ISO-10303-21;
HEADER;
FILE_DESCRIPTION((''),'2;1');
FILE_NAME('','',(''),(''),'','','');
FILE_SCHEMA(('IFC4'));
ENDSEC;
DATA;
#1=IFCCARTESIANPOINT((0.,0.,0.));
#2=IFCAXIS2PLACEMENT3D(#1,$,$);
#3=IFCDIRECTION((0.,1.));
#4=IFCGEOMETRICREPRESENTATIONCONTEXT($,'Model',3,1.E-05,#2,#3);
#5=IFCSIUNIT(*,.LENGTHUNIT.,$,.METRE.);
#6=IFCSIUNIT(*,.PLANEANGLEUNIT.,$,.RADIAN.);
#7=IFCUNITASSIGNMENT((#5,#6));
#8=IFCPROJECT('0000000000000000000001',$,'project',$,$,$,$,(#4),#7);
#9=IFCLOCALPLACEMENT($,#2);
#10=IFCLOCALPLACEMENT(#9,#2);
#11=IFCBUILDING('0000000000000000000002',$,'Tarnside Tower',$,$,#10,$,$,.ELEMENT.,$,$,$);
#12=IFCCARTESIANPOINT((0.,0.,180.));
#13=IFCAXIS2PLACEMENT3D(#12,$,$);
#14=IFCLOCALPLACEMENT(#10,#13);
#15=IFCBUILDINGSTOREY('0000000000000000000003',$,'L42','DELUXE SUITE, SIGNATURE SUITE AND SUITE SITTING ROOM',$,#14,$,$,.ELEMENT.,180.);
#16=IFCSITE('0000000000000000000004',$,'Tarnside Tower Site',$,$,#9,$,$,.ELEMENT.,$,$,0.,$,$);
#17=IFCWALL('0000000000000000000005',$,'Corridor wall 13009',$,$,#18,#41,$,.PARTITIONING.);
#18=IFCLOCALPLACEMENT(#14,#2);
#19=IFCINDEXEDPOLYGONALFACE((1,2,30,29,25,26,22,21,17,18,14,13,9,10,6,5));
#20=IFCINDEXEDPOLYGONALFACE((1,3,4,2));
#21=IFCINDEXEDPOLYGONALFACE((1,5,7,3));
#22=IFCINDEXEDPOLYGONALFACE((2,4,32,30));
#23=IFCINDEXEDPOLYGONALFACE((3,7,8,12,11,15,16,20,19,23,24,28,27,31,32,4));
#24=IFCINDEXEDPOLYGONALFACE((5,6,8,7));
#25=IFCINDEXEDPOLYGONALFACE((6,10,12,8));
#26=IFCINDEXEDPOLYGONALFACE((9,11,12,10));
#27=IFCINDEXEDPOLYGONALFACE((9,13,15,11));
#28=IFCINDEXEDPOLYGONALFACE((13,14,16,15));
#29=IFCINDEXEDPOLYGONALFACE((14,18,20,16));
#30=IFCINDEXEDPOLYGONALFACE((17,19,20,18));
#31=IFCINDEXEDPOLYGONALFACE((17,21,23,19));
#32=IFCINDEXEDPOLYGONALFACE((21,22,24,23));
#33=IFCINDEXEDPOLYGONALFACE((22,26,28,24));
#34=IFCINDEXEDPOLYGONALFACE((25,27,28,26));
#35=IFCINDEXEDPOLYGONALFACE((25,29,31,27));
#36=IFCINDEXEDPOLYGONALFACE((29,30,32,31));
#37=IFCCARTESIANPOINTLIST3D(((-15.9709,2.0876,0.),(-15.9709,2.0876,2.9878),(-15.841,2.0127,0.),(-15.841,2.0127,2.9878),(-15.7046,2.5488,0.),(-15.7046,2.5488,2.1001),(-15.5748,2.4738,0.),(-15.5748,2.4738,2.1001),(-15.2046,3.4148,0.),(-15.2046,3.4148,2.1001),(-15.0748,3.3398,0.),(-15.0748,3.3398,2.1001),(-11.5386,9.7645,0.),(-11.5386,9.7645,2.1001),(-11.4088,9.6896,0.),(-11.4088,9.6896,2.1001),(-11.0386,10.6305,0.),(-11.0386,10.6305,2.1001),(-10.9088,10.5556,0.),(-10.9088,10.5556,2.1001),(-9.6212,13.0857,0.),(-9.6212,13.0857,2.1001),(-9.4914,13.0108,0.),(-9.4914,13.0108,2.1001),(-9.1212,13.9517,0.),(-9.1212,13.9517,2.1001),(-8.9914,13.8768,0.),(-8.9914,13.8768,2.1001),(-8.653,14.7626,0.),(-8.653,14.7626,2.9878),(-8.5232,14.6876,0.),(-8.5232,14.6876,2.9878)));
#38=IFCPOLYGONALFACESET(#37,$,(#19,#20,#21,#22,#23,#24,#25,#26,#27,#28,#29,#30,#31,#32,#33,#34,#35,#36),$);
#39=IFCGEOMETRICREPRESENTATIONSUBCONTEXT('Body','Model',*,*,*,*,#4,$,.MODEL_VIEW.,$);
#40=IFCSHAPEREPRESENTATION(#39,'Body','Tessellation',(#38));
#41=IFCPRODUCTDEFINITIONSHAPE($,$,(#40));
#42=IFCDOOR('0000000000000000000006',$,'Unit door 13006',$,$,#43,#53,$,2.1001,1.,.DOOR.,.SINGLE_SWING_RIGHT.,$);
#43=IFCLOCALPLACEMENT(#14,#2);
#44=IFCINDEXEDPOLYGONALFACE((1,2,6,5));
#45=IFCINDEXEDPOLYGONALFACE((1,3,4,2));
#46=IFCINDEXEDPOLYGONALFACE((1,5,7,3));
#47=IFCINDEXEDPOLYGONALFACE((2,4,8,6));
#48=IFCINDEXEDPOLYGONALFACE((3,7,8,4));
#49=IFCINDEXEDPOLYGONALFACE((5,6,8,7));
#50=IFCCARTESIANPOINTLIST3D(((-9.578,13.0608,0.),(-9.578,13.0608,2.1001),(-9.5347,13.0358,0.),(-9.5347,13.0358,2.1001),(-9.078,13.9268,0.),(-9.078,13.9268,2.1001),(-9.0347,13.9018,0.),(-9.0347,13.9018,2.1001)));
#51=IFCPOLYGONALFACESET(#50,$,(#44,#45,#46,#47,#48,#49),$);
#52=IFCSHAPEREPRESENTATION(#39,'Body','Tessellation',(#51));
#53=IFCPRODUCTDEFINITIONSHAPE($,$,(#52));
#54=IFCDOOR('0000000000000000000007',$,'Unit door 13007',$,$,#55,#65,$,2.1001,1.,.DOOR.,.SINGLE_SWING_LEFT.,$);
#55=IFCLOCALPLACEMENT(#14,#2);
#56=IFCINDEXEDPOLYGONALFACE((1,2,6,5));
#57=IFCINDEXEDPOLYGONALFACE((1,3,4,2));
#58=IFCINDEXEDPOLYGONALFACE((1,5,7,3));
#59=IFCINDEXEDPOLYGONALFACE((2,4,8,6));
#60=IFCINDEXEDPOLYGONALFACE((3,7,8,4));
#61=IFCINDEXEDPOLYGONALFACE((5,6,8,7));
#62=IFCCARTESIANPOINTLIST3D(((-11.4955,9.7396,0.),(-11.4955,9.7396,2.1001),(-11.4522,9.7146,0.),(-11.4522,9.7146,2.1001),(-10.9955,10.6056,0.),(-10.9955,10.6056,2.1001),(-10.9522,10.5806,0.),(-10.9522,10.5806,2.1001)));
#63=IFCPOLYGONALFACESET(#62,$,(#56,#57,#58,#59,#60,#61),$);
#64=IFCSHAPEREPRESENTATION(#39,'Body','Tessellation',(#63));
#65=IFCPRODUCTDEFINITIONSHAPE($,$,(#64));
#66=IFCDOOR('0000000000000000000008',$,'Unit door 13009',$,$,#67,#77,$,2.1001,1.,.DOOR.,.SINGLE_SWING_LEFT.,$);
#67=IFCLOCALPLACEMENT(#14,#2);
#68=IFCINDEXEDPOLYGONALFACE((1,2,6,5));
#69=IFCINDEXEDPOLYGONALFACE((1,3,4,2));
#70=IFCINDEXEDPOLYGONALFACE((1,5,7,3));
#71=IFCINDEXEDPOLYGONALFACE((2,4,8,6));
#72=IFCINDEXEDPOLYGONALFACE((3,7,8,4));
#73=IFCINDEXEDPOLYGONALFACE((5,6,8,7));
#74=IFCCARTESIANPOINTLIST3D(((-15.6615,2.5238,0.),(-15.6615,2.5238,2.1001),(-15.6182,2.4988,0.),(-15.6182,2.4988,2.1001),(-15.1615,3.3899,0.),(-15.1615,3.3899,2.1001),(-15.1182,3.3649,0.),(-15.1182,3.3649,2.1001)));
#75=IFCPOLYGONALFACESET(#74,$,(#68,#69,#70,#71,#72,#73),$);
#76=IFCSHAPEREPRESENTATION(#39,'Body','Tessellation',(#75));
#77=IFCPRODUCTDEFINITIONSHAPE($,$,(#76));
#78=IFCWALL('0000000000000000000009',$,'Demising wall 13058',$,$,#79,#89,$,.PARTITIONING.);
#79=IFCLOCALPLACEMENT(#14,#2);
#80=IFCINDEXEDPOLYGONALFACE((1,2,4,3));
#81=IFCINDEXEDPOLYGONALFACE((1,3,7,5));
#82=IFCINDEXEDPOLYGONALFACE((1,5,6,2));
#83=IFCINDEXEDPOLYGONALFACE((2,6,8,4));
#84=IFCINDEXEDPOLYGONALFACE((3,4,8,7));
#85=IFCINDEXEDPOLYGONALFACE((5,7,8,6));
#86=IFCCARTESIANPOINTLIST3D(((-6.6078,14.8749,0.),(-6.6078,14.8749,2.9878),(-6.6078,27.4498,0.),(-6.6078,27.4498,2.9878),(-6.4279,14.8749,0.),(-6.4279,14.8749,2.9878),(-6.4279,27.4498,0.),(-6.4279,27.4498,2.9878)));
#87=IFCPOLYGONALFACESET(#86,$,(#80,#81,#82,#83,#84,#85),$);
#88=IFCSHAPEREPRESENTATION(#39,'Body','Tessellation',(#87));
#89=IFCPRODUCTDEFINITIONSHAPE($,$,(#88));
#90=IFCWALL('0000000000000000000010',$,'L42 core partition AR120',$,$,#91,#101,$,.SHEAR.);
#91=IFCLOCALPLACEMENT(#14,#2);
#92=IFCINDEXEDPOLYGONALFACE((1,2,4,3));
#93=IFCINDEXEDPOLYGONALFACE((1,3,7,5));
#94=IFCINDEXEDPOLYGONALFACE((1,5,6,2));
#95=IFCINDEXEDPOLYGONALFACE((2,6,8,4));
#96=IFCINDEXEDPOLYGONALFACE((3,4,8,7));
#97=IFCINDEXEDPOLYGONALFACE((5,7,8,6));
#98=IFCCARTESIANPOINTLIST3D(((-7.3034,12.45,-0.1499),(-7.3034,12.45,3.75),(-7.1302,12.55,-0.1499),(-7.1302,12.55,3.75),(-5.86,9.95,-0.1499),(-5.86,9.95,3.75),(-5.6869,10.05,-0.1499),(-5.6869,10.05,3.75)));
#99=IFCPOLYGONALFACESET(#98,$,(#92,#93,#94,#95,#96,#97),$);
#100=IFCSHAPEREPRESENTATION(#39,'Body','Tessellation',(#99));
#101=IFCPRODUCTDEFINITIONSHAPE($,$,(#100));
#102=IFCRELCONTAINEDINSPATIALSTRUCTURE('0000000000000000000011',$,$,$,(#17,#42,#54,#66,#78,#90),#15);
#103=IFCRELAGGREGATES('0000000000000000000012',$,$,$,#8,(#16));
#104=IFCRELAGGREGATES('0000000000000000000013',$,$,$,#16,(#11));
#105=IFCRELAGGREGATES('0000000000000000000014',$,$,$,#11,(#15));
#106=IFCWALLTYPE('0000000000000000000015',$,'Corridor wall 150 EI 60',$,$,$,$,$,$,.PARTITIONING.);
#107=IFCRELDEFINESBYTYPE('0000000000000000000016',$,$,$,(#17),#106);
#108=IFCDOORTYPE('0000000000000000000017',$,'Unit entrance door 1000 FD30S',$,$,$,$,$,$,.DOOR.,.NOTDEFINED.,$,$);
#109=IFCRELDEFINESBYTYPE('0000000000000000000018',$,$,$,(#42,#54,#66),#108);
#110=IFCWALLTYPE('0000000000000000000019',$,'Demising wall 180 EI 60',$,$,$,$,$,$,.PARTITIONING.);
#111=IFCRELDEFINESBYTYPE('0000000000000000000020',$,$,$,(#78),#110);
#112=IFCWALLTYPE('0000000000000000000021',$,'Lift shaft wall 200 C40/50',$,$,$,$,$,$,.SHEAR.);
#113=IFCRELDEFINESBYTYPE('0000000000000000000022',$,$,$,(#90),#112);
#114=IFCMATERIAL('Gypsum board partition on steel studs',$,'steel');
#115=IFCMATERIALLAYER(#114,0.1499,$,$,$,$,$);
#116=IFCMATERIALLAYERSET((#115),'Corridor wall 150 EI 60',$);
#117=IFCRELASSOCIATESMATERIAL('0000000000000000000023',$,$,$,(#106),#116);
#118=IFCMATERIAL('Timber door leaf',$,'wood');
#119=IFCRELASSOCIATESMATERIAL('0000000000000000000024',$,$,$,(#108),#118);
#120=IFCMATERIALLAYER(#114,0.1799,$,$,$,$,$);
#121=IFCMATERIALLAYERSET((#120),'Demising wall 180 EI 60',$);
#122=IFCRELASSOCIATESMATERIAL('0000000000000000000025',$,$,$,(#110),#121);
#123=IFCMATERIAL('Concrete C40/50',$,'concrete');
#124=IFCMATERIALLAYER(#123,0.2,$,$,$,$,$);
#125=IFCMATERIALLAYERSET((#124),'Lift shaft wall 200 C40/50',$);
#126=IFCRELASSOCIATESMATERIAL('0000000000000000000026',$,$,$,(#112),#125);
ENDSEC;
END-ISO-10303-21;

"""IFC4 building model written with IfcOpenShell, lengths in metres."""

from ifc_helpers import new_model, si_unit, direction, frame, frame_2d, origin, place, context, subcontext, project, spatial, rectangle, extrude, material, layer, layer_set, type_object, element, fill, save


model = new_model("IFC4")

# Units and contexts
model_context = context("Model", 3, precision=1e-05, world=origin(), true_north=direction((0.0, 1.0)))
body_context = subcontext(model_context, "Body", "Model", "MODEL_VIEW")
ifc_project = project(units=[si_unit("LENGTHUNIT", "METRE"), si_unit("PLANEANGLEUNIT", "RADIAN")], contexts=[model_context])

# Site, building, storey
site_placement = place(None, origin())
site = spatial("IfcSite", under=ifc_project, at=site_placement, Name="Tarnside Tower Site", CompositionType="ELEMENT", RefElevation=0.0)
building_placement = place(site_placement, origin())
building = spatial("IfcBuilding", under=site, at=building_placement, Name="Tarnside Tower", CompositionType="ELEMENT")
storey_placement = place(building_placement, frame((0.0, 0.0, 180.0)))
storey = spatial("IfcBuildingStorey", under=building, at=storey_placement, Name="L42", Description="DELUXE SUITE, SIGNATURE SUITE AND SUITE SITTING ROOM", CompositionType="ELEMENT", Elevation=180.0)

# Shared definitions
ifc_material_1 = material(Name="Gypsum board partition on steel studs", Category="steel")

# Shared definitions
ifc_material_2 = material(Name="Timber door leaf", Category="wood")

# Wall, openings, doors
ifc_layer_1 = layer(ifc_material_1, 0.1499)
ifc_layer_set_1 = layer_set([ifc_layer_1], Name="Corridor wall 150 EI 60")
wall_type_1 = type_object("IfcWallType", Name="Corridor wall 150 EI 60", PredefinedType="PARTITIONING", material=ifc_layer_set_1)
wall_1_placement = place(storey_placement, frame((-8.5881, 14.7251, 0.0), z_axis=(0.0, 0.0, 1.0), x_axis=(-0.499996, -0.866028, 0.0)))
wall_1 = element("IfcWall", 1, at=wall_1_placement, inside=storey, type_object=wall_type_1, Name="Corridor wall 13009", PredefinedType="PARTITIONING", context=body_context, shape_type="SweptSolid", body=[
    extrude(rectangle(XDim=14.6357, YDim=0.1499, at=frame_2d((7.3179, 0.0))), origin(), (0.0, 0.0, 1.0), 2.9878),
])
opening_1_placement = place(wall_1_placement, frame((0.9363, 0.0, 0.0)))
opening_1 = element("IfcOpeningElement", 2, at=opening_1_placement, cuts=wall_1, PredefinedType="OPENING", context=body_context, shape_type="SweptSolid", body=[
    extrude(rectangle(XDim=1.0, YDim=2.1001, at=frame_2d((0.5, 1.05))), frame((0.0, 0.085, 0.0), z_axis=(0.0, -1.0, 0.0), x_axis=(1.0, 0.0, 0.0)), (0.0, 0.0, 1.0), 0.1699),
])
opening_2_placement = place(wall_1_placement, frame((4.7712, 0.0, 0.0)))
opening_2 = element("IfcOpeningElement", 3, at=opening_2_placement, cuts=wall_1, PredefinedType="OPENING", context=body_context, shape_type="SweptSolid", body=[
    extrude(rectangle(XDim=1.0, YDim=2.1001, at=frame_2d((0.5, 1.05))), frame((0.0, 0.085, 0.0), z_axis=(0.0, -1.0, 0.0), x_axis=(1.0, 0.0, 0.0)), (0.0, 0.0, 1.0), 0.1699),
])
opening_3_placement = place(wall_1_placement, frame((13.1033, 0.0, 0.0)))
opening_3 = element("IfcOpeningElement", 4, at=opening_3_placement, cuts=wall_1, PredefinedType="OPENING", context=body_context, shape_type="SweptSolid", body=[
    extrude(rectangle(XDim=1.0, YDim=2.1001, at=frame_2d((0.5, 1.05))), frame((0.0, 0.085, 0.0), z_axis=(0.0, -1.0, 0.0), x_axis=(1.0, 0.0, 0.0)), (0.0, 0.0, 1.0), 0.1699),
])
door_type_1 = type_object("IfcDoorType", Name="Unit entrance door 1000 FD30S", OperationType="NOTDEFINED", PredefinedType="DOOR", material=ifc_material_2)
door_1_placement = place(opening_1_placement, origin())
door_1 = element("IfcDoor", 5, at=door_1_placement, inside=storey, type_object=door_type_1, Name="Unit door 13006", OperationType="SINGLE_SWING_RIGHT", OverallHeight=2.1001, OverallWidth=1.0, PredefinedType="DOOR", context=body_context, shape_type="SweptSolid", body=[
    extrude(rectangle(XDim=1.0, YDim=2.1001, at=frame_2d((0.5, 1.05))), frame((0.0, 0.0249, 0.0), z_axis=(0.0, -1.0, 0.0), x_axis=(1.0, 0.0, 0.0)), (0.0, 0.0, 1.0), 0.05),
])
fill(opening_1, door_1)
door_2_placement = place(opening_2_placement, origin())
door_2 = element("IfcDoor", 6, at=door_2_placement, inside=storey, type_object=door_type_1, Name="Unit door 13007", OperationType="SINGLE_SWING_LEFT", OverallHeight=2.1001, OverallWidth=1.0, PredefinedType="DOOR", context=body_context, shape_type="SweptSolid", body=[
    extrude(rectangle(XDim=1.0, YDim=2.1001, at=frame_2d((0.5, 1.05))), frame((0.0, 0.0249, 0.0), z_axis=(0.0, -1.0, 0.0), x_axis=(1.0, 0.0, 0.0)), (0.0, 0.0, 1.0), 0.05),
])
fill(opening_2, door_2)
door_3_placement = place(opening_3_placement, origin())
door_3 = element("IfcDoor", 7, at=door_3_placement, inside=storey, type_object=door_type_1, Name="Unit door 13009", OperationType="SINGLE_SWING_LEFT", OverallHeight=2.1001, OverallWidth=1.0, PredefinedType="DOOR", context=body_context, shape_type="SweptSolid", body=[
    extrude(rectangle(XDim=1.0, YDim=2.1001, at=frame_2d((0.5, 1.05))), frame((0.0, 0.0249, 0.0), z_axis=(0.0, -1.0, 0.0), x_axis=(1.0, 0.0, 0.0)), (0.0, 0.0, 1.0), 0.05),
])
fill(opening_3, door_3)

# Walls
ifc_layer_2 = layer(ifc_material_1, 0.1799)
ifc_layer_set_2 = layer_set([ifc_layer_2], Name="Demising wall 180 EI 60")
wall_type_2 = type_object("IfcWallType", Name="Demising wall 180 EI 60", PredefinedType="PARTITIONING", material=ifc_layer_set_2)
wall_2_placement = place(storey_placement, frame((-6.5178, 27.45, 0.0), z_axis=(0.0, 0.0, 1.0), x_axis=(0.0, -1.0, 0.0)))
element("IfcWall", 8, at=wall_2_placement, inside=storey, type_object=wall_type_2, Name="Demising wall 13058", PredefinedType="PARTITIONING", context=body_context, shape_type="SweptSolid", body=[
    extrude(rectangle(XDim=12.575, YDim=0.1799, at=frame_2d((6.2876, 0.0))), origin(), (0.0, 0.0, 1.0), 2.9878),
])
ifc_material_3 = material(Name="Concrete C40/50", Category="concrete")
ifc_layer_3 = layer(ifc_material_3, 0.2)
ifc_layer_set_3 = layer_set([ifc_layer_3], Name="Lift shaft wall 200 C40/50")
wall_type_3 = type_object("IfcWallType", Name="Lift shaft wall 200 C40/50", PredefinedType="SHEAR", material=ifc_layer_set_3)
wall_3_placement = place(storey_placement, frame((-5.7734, 10.0, -0.1499), z_axis=(0.0, 0.0, 1.0), x_axis=(-0.499996, 0.866028, 0.0)))
element("IfcWall", 9, at=wall_3_placement, inside=storey, type_object=wall_type_3, Name="L42 core partition AR120", PredefinedType="SHEAR", context=body_context, shape_type="SweptSolid", body=[
    extrude(rectangle(XDim=2.8867, YDim=0.2, at=frame_2d((1.4434, 0.0))), origin(), (0.0, 0.0, 1.0), 3.8999),
])

save(model, "model.ifc")
